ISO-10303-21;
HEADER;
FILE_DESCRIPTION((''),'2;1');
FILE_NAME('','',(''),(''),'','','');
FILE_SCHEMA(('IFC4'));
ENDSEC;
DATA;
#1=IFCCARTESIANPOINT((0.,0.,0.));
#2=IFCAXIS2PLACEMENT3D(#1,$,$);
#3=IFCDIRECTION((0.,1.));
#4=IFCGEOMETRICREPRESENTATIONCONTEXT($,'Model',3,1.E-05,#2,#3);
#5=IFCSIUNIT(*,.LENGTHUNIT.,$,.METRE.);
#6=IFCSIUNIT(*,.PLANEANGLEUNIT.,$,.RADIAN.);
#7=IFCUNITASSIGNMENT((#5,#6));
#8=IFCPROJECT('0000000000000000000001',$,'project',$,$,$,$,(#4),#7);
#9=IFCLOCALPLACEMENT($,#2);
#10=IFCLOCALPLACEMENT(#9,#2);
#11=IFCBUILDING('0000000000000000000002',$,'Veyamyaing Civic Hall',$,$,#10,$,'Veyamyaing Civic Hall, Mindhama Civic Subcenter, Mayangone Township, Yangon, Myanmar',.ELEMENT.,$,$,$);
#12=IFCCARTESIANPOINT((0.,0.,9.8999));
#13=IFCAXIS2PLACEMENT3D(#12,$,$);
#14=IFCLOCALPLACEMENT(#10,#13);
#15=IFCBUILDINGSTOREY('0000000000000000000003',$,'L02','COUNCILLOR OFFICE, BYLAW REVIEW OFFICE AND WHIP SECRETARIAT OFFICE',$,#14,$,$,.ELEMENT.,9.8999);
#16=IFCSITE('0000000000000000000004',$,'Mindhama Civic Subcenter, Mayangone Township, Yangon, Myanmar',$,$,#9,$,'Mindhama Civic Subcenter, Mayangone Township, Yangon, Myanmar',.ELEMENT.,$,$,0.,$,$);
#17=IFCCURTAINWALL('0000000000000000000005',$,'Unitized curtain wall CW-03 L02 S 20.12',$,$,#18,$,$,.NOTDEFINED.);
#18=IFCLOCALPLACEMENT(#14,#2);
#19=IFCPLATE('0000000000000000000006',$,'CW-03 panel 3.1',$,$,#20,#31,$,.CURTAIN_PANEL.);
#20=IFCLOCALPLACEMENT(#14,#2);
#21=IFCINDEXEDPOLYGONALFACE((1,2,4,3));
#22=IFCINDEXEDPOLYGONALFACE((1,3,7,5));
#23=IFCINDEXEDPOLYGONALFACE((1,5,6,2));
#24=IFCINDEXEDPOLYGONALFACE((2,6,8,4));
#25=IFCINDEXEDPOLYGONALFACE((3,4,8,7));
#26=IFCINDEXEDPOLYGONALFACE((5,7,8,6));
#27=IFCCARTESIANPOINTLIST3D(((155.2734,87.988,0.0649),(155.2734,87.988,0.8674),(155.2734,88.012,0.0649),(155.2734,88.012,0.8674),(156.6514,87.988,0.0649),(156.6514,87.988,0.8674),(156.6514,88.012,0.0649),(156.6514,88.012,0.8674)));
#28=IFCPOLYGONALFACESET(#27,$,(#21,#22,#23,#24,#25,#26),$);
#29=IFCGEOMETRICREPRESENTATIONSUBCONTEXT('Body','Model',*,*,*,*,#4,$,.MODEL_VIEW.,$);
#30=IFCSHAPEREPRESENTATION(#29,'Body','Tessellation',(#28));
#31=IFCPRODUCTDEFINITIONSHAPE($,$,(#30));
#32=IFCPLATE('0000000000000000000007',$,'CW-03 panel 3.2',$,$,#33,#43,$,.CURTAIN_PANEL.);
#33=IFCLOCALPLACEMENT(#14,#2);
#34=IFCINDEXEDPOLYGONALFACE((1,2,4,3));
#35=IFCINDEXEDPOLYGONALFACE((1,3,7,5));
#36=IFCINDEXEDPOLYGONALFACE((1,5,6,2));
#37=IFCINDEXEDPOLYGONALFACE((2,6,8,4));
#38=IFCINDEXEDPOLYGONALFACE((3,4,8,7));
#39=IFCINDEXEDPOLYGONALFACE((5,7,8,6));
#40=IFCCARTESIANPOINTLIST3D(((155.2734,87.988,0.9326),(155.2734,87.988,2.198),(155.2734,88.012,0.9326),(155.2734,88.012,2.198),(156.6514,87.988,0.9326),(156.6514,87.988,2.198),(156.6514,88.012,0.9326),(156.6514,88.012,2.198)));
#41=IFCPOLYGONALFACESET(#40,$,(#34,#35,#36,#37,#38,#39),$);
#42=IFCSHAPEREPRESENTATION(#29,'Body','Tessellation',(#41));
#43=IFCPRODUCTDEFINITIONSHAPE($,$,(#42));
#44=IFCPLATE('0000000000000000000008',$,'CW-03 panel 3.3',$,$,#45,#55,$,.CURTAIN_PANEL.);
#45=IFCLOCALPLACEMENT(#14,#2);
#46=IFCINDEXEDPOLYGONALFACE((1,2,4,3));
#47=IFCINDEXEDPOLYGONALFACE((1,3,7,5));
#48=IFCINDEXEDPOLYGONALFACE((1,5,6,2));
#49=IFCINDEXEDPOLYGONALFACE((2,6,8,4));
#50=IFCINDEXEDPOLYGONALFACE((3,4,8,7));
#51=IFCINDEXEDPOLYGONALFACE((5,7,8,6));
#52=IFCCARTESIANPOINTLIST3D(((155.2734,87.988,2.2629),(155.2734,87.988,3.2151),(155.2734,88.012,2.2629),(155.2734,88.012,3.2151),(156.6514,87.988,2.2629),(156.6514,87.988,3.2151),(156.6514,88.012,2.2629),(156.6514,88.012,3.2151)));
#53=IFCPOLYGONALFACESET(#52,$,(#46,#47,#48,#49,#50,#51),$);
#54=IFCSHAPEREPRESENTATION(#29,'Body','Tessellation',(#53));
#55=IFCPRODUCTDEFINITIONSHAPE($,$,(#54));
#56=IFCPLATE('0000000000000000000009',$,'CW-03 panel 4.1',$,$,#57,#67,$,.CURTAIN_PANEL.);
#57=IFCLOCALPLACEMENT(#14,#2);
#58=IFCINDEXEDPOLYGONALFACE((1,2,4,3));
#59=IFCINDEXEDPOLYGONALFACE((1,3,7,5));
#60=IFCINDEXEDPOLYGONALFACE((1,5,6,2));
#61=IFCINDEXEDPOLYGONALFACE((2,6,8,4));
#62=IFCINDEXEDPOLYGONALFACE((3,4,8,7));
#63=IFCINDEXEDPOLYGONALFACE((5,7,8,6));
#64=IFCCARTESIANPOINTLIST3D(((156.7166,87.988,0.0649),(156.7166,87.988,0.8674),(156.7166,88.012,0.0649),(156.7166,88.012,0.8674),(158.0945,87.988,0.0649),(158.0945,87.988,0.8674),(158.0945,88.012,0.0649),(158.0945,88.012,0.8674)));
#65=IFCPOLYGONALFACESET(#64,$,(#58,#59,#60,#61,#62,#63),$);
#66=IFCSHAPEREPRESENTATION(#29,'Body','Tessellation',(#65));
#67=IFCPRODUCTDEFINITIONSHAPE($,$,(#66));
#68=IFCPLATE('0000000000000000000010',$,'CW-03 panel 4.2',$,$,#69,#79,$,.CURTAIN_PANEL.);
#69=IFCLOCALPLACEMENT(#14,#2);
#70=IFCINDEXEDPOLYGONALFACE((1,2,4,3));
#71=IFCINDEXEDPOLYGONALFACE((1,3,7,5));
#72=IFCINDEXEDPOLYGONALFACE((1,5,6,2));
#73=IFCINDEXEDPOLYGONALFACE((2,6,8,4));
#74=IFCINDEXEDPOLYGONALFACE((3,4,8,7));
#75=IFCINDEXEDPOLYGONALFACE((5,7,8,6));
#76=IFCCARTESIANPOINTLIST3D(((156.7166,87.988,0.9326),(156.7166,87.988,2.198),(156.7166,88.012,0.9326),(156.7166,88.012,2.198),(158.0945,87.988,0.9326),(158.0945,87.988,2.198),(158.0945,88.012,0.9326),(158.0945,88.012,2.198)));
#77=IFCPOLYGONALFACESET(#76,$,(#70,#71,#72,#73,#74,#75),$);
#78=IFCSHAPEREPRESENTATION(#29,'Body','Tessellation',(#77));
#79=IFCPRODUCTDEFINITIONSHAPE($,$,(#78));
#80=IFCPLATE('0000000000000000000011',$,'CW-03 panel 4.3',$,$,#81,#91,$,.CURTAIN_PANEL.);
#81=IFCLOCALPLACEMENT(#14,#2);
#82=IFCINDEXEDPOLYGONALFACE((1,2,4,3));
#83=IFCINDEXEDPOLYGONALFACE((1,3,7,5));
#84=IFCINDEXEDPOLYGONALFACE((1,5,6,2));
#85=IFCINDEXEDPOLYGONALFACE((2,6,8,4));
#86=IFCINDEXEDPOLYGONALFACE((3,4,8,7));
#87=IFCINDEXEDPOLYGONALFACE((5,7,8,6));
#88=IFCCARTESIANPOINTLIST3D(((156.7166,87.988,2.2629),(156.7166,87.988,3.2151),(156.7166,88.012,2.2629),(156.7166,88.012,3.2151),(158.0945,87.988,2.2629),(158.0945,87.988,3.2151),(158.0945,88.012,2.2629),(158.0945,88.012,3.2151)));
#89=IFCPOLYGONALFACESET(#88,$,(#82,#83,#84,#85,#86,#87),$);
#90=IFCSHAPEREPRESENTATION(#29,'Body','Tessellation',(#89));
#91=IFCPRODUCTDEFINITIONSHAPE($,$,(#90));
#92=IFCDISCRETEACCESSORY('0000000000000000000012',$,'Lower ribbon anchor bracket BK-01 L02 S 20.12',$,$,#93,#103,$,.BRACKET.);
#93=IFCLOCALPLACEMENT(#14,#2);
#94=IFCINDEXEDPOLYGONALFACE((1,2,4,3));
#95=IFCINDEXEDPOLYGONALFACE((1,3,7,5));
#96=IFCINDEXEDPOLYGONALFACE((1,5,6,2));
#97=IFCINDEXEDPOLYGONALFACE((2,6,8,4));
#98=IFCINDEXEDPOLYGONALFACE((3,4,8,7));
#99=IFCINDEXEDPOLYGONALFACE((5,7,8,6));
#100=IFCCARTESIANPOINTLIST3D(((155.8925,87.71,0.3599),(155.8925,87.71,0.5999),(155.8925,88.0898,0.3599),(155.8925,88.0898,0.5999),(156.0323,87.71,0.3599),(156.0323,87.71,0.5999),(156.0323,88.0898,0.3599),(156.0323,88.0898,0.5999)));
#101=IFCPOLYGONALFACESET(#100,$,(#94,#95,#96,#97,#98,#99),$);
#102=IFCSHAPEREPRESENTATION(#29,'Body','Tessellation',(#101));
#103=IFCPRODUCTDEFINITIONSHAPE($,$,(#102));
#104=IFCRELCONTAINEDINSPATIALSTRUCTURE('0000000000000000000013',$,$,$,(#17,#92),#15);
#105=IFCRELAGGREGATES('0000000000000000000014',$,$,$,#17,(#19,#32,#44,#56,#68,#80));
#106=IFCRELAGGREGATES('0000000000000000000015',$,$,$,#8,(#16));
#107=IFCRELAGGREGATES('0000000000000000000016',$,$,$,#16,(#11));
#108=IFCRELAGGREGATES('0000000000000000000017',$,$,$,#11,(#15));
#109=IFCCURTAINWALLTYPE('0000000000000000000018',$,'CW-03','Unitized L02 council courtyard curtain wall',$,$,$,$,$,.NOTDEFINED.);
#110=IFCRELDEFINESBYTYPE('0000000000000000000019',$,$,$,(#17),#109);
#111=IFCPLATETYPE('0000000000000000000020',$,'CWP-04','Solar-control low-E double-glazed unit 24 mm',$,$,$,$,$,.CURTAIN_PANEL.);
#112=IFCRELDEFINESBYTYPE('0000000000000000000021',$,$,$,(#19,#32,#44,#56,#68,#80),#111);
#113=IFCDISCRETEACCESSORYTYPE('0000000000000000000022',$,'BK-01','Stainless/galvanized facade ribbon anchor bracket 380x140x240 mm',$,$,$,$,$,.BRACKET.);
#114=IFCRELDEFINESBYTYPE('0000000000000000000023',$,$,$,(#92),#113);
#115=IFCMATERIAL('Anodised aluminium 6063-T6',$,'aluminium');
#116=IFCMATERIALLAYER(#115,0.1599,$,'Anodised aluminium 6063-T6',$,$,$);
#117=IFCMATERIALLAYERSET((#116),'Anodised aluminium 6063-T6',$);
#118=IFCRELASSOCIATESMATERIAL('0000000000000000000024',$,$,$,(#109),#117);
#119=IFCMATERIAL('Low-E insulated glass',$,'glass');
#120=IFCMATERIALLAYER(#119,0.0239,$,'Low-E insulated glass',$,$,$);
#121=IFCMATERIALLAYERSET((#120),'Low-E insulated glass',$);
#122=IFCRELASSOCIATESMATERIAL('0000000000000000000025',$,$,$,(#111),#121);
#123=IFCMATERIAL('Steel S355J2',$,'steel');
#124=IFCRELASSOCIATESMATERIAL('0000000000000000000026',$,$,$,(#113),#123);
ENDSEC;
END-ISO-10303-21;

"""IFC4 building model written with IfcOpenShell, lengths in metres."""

from ifc_helpers import new_model, si_unit, direction, frame, origin, origin_2d, place, context, subcontext, project, spatial, rectangle, extrude, material, layer, layer_set, type_object, element, aggregate, save


model = new_model("IFC4")

# Units and contexts
model_context = context("Model", 3, precision=1e-05, world=origin(), true_north=direction((0.0, 1.0)))
body_context = subcontext(model_context, "Body", "Model", "MODEL_VIEW")
ifc_project = project(units=[si_unit("LENGTHUNIT", "METRE"), si_unit("PLANEANGLEUNIT", "RADIAN")], contexts=[model_context])

# Site, building, storey
site_placement = place(None, origin())
site = spatial("IfcSite", under=ifc_project, at=site_placement, Name="Mindhama Civic Subcenter, Mayangone Township, Yangon, Myanmar", LongName="Mindhama Civic Subcenter, Mayangone Township, Yangon, Myanmar", CompositionType="ELEMENT", RefElevation=0.0)
building_placement = place(site_placement, origin())
building = spatial("IfcBuilding", under=site, at=building_placement, Name="Veyamyaing Civic Hall", LongName="Veyamyaing Civic Hall, Mindhama Civic Subcenter, Mayangone Township, Yangon, Myanmar", CompositionType="ELEMENT")
storey_placement = place(building_placement, frame((0.0, 0.0, 9.8999)))
storey = spatial("IfcBuildingStorey", under=building, at=storey_placement, Name="L02", Description="COUNCILLOR OFFICE, BYLAW REVIEW OFFICE AND WHIP SECRETARIAT OFFICE", CompositionType="ELEMENT", Elevation=9.8999)

# Curtain wall, plates
ifc_material_1 = material(Name="Anodised aluminium 6063-T6", Category="aluminium")
ifc_layer_1 = layer(ifc_material_1, 0.1599, Name="Anodised aluminium 6063-T6")
ifc_layer_set_1 = layer_set([ifc_layer_1], Name="Anodised aluminium 6063-T6")
curtain_wall_type = type_object("IfcCurtainWallType", Name="CW-03", Description="Unitized L02 council courtyard curtain wall", PredefinedType="NOTDEFINED", material=ifc_layer_set_1)
curtain_wall_placement = place(storey_placement, origin())
curtain_wall = element("IfcCurtainWall", 1, at=curtain_wall_placement, inside=storey, type_object=curtain_wall_type, Name="Unitized curtain wall CW-03 L02 S 20.12", PredefinedType="NOTDEFINED")
ifc_material_2 = material(Name="Low-E insulated glass", Category="glass")
ifc_layer_2 = layer(ifc_material_2, 0.0239, Name="Low-E insulated glass")
ifc_layer_set_2 = layer_set([ifc_layer_2], Name="Low-E insulated glass")
plate_type = type_object("IfcPlateType", Name="CWP-04", Description="Solar-control low-E double-glazed unit 24 mm", PredefinedType="CURTAIN_PANEL", material=ifc_layer_set_2)
plate_1_placement = place(storey_placement, frame((155.9624, 88.0, 0.0649), z_axis=(0.0, 0.0, 1.0), x_axis=(1.0, 0.0, 0.0)))
plate_1 = element("IfcPlate", 2, at=plate_1_placement, type_object=plate_type, Name="CW-03 panel 3.1", PredefinedType="CURTAIN_PANEL", context=body_context, shape_type="SweptSolid", body=[
    extrude(rectangle(XDim=1.3779, YDim=0.0239, at=origin_2d()), origin(), (0.0, 0.0, 1.0), 0.8025),
])
plate_2_placement = place(storey_placement, frame((155.9624, 88.0, 0.9326), z_axis=(0.0, 0.0, 1.0), x_axis=(1.0, 0.0, 0.0)))
plate_2 = element("IfcPlate", 3, at=plate_2_placement, type_object=plate_type, Name="CW-03 panel 3.2", PredefinedType="CURTAIN_PANEL", context=body_context, shape_type="SweptSolid", body=[
    extrude(rectangle(XDim=1.3779, YDim=0.0239, at=origin_2d()), origin(), (0.0, 0.0, 1.0), 1.2654),
])
plate_3_placement = place(storey_placement, frame((155.9624, 88.0, 2.2629), z_axis=(0.0, 0.0, 1.0), x_axis=(1.0, 0.0, 0.0)))
plate_3 = element("IfcPlate", 4, at=plate_3_placement, type_object=plate_type, Name="CW-03 panel 3.3", PredefinedType="CURTAIN_PANEL", context=body_context, shape_type="SweptSolid", body=[
    extrude(rectangle(XDim=1.3779, YDim=0.0239, at=origin_2d()), origin(), (0.0, 0.0, 1.0), 0.9521),
])
plate_4_placement = place(storey_placement, frame((157.4055, 88.0, 0.0649), z_axis=(0.0, 0.0, 1.0), x_axis=(1.0, 0.0, 0.0)))
plate_4 = element("IfcPlate", 5, at=plate_4_placement, type_object=plate_type, Name="CW-03 panel 4.1", PredefinedType="CURTAIN_PANEL", context=body_context, shape_type="SweptSolid", body=[
    extrude(rectangle(XDim=1.3779, YDim=0.0239, at=origin_2d()), origin(), (0.0, 0.0, 1.0), 0.8025),
])
plate_5_placement = place(storey_placement, frame((157.4055, 88.0, 0.9326), z_axis=(0.0, 0.0, 1.0), x_axis=(1.0, 0.0, 0.0)))
plate_5 = element("IfcPlate", 6, at=plate_5_placement, type_object=plate_type, Name="CW-03 panel 4.2", PredefinedType="CURTAIN_PANEL", context=body_context, shape_type="SweptSolid", body=[
    extrude(rectangle(XDim=1.3779, YDim=0.0239, at=origin_2d()), origin(), (0.0, 0.0, 1.0), 1.2654),
])
plate_6_placement = place(storey_placement, frame((157.4055, 88.0, 2.2629), z_axis=(0.0, 0.0, 1.0), x_axis=(1.0, 0.0, 0.0)))
plate_6 = element("IfcPlate", 7, at=plate_6_placement, type_object=plate_type, Name="CW-03 panel 4.3", PredefinedType="CURTAIN_PANEL", context=body_context, shape_type="SweptSolid", body=[
    extrude(rectangle(XDim=1.3779, YDim=0.0239, at=origin_2d()), origin(), (0.0, 0.0, 1.0), 0.9521),
])
aggregate(curtain_wall, [plate_1, plate_2, plate_3, plate_4, plate_5, plate_6])

# Discrete accessory
ifc_material_3 = material(Name="Steel S355J2", Category="steel")
discrete_accessory_type = type_object("IfcDiscreteAccessoryType", Name="BK-01", Description="Stainless/galvanized facade ribbon anchor bracket 380x140x240 mm", PredefinedType="BRACKET", material=ifc_material_3)
discrete_accessory_placement = place(storey_placement, frame((155.9624, 87.8999, 0.3599), z_axis=(0.0, 0.0, 1.0), x_axis=(0.0, -1.0, 0.0)))
element("IfcDiscreteAccessory", 8, at=discrete_accessory_placement, inside=storey, type_object=discrete_accessory_type, Name="Lower ribbon anchor bracket BK-01 L02 S 20.12", PredefinedType="BRACKET", context=body_context, shape_type="SweptSolid", body=[
    extrude(rectangle(XDim=0.3799, YDim=0.1399, at=origin_2d()), origin(), (0.0, 0.0, 1.0), 0.24),
])

save(model, "model.ifc")
